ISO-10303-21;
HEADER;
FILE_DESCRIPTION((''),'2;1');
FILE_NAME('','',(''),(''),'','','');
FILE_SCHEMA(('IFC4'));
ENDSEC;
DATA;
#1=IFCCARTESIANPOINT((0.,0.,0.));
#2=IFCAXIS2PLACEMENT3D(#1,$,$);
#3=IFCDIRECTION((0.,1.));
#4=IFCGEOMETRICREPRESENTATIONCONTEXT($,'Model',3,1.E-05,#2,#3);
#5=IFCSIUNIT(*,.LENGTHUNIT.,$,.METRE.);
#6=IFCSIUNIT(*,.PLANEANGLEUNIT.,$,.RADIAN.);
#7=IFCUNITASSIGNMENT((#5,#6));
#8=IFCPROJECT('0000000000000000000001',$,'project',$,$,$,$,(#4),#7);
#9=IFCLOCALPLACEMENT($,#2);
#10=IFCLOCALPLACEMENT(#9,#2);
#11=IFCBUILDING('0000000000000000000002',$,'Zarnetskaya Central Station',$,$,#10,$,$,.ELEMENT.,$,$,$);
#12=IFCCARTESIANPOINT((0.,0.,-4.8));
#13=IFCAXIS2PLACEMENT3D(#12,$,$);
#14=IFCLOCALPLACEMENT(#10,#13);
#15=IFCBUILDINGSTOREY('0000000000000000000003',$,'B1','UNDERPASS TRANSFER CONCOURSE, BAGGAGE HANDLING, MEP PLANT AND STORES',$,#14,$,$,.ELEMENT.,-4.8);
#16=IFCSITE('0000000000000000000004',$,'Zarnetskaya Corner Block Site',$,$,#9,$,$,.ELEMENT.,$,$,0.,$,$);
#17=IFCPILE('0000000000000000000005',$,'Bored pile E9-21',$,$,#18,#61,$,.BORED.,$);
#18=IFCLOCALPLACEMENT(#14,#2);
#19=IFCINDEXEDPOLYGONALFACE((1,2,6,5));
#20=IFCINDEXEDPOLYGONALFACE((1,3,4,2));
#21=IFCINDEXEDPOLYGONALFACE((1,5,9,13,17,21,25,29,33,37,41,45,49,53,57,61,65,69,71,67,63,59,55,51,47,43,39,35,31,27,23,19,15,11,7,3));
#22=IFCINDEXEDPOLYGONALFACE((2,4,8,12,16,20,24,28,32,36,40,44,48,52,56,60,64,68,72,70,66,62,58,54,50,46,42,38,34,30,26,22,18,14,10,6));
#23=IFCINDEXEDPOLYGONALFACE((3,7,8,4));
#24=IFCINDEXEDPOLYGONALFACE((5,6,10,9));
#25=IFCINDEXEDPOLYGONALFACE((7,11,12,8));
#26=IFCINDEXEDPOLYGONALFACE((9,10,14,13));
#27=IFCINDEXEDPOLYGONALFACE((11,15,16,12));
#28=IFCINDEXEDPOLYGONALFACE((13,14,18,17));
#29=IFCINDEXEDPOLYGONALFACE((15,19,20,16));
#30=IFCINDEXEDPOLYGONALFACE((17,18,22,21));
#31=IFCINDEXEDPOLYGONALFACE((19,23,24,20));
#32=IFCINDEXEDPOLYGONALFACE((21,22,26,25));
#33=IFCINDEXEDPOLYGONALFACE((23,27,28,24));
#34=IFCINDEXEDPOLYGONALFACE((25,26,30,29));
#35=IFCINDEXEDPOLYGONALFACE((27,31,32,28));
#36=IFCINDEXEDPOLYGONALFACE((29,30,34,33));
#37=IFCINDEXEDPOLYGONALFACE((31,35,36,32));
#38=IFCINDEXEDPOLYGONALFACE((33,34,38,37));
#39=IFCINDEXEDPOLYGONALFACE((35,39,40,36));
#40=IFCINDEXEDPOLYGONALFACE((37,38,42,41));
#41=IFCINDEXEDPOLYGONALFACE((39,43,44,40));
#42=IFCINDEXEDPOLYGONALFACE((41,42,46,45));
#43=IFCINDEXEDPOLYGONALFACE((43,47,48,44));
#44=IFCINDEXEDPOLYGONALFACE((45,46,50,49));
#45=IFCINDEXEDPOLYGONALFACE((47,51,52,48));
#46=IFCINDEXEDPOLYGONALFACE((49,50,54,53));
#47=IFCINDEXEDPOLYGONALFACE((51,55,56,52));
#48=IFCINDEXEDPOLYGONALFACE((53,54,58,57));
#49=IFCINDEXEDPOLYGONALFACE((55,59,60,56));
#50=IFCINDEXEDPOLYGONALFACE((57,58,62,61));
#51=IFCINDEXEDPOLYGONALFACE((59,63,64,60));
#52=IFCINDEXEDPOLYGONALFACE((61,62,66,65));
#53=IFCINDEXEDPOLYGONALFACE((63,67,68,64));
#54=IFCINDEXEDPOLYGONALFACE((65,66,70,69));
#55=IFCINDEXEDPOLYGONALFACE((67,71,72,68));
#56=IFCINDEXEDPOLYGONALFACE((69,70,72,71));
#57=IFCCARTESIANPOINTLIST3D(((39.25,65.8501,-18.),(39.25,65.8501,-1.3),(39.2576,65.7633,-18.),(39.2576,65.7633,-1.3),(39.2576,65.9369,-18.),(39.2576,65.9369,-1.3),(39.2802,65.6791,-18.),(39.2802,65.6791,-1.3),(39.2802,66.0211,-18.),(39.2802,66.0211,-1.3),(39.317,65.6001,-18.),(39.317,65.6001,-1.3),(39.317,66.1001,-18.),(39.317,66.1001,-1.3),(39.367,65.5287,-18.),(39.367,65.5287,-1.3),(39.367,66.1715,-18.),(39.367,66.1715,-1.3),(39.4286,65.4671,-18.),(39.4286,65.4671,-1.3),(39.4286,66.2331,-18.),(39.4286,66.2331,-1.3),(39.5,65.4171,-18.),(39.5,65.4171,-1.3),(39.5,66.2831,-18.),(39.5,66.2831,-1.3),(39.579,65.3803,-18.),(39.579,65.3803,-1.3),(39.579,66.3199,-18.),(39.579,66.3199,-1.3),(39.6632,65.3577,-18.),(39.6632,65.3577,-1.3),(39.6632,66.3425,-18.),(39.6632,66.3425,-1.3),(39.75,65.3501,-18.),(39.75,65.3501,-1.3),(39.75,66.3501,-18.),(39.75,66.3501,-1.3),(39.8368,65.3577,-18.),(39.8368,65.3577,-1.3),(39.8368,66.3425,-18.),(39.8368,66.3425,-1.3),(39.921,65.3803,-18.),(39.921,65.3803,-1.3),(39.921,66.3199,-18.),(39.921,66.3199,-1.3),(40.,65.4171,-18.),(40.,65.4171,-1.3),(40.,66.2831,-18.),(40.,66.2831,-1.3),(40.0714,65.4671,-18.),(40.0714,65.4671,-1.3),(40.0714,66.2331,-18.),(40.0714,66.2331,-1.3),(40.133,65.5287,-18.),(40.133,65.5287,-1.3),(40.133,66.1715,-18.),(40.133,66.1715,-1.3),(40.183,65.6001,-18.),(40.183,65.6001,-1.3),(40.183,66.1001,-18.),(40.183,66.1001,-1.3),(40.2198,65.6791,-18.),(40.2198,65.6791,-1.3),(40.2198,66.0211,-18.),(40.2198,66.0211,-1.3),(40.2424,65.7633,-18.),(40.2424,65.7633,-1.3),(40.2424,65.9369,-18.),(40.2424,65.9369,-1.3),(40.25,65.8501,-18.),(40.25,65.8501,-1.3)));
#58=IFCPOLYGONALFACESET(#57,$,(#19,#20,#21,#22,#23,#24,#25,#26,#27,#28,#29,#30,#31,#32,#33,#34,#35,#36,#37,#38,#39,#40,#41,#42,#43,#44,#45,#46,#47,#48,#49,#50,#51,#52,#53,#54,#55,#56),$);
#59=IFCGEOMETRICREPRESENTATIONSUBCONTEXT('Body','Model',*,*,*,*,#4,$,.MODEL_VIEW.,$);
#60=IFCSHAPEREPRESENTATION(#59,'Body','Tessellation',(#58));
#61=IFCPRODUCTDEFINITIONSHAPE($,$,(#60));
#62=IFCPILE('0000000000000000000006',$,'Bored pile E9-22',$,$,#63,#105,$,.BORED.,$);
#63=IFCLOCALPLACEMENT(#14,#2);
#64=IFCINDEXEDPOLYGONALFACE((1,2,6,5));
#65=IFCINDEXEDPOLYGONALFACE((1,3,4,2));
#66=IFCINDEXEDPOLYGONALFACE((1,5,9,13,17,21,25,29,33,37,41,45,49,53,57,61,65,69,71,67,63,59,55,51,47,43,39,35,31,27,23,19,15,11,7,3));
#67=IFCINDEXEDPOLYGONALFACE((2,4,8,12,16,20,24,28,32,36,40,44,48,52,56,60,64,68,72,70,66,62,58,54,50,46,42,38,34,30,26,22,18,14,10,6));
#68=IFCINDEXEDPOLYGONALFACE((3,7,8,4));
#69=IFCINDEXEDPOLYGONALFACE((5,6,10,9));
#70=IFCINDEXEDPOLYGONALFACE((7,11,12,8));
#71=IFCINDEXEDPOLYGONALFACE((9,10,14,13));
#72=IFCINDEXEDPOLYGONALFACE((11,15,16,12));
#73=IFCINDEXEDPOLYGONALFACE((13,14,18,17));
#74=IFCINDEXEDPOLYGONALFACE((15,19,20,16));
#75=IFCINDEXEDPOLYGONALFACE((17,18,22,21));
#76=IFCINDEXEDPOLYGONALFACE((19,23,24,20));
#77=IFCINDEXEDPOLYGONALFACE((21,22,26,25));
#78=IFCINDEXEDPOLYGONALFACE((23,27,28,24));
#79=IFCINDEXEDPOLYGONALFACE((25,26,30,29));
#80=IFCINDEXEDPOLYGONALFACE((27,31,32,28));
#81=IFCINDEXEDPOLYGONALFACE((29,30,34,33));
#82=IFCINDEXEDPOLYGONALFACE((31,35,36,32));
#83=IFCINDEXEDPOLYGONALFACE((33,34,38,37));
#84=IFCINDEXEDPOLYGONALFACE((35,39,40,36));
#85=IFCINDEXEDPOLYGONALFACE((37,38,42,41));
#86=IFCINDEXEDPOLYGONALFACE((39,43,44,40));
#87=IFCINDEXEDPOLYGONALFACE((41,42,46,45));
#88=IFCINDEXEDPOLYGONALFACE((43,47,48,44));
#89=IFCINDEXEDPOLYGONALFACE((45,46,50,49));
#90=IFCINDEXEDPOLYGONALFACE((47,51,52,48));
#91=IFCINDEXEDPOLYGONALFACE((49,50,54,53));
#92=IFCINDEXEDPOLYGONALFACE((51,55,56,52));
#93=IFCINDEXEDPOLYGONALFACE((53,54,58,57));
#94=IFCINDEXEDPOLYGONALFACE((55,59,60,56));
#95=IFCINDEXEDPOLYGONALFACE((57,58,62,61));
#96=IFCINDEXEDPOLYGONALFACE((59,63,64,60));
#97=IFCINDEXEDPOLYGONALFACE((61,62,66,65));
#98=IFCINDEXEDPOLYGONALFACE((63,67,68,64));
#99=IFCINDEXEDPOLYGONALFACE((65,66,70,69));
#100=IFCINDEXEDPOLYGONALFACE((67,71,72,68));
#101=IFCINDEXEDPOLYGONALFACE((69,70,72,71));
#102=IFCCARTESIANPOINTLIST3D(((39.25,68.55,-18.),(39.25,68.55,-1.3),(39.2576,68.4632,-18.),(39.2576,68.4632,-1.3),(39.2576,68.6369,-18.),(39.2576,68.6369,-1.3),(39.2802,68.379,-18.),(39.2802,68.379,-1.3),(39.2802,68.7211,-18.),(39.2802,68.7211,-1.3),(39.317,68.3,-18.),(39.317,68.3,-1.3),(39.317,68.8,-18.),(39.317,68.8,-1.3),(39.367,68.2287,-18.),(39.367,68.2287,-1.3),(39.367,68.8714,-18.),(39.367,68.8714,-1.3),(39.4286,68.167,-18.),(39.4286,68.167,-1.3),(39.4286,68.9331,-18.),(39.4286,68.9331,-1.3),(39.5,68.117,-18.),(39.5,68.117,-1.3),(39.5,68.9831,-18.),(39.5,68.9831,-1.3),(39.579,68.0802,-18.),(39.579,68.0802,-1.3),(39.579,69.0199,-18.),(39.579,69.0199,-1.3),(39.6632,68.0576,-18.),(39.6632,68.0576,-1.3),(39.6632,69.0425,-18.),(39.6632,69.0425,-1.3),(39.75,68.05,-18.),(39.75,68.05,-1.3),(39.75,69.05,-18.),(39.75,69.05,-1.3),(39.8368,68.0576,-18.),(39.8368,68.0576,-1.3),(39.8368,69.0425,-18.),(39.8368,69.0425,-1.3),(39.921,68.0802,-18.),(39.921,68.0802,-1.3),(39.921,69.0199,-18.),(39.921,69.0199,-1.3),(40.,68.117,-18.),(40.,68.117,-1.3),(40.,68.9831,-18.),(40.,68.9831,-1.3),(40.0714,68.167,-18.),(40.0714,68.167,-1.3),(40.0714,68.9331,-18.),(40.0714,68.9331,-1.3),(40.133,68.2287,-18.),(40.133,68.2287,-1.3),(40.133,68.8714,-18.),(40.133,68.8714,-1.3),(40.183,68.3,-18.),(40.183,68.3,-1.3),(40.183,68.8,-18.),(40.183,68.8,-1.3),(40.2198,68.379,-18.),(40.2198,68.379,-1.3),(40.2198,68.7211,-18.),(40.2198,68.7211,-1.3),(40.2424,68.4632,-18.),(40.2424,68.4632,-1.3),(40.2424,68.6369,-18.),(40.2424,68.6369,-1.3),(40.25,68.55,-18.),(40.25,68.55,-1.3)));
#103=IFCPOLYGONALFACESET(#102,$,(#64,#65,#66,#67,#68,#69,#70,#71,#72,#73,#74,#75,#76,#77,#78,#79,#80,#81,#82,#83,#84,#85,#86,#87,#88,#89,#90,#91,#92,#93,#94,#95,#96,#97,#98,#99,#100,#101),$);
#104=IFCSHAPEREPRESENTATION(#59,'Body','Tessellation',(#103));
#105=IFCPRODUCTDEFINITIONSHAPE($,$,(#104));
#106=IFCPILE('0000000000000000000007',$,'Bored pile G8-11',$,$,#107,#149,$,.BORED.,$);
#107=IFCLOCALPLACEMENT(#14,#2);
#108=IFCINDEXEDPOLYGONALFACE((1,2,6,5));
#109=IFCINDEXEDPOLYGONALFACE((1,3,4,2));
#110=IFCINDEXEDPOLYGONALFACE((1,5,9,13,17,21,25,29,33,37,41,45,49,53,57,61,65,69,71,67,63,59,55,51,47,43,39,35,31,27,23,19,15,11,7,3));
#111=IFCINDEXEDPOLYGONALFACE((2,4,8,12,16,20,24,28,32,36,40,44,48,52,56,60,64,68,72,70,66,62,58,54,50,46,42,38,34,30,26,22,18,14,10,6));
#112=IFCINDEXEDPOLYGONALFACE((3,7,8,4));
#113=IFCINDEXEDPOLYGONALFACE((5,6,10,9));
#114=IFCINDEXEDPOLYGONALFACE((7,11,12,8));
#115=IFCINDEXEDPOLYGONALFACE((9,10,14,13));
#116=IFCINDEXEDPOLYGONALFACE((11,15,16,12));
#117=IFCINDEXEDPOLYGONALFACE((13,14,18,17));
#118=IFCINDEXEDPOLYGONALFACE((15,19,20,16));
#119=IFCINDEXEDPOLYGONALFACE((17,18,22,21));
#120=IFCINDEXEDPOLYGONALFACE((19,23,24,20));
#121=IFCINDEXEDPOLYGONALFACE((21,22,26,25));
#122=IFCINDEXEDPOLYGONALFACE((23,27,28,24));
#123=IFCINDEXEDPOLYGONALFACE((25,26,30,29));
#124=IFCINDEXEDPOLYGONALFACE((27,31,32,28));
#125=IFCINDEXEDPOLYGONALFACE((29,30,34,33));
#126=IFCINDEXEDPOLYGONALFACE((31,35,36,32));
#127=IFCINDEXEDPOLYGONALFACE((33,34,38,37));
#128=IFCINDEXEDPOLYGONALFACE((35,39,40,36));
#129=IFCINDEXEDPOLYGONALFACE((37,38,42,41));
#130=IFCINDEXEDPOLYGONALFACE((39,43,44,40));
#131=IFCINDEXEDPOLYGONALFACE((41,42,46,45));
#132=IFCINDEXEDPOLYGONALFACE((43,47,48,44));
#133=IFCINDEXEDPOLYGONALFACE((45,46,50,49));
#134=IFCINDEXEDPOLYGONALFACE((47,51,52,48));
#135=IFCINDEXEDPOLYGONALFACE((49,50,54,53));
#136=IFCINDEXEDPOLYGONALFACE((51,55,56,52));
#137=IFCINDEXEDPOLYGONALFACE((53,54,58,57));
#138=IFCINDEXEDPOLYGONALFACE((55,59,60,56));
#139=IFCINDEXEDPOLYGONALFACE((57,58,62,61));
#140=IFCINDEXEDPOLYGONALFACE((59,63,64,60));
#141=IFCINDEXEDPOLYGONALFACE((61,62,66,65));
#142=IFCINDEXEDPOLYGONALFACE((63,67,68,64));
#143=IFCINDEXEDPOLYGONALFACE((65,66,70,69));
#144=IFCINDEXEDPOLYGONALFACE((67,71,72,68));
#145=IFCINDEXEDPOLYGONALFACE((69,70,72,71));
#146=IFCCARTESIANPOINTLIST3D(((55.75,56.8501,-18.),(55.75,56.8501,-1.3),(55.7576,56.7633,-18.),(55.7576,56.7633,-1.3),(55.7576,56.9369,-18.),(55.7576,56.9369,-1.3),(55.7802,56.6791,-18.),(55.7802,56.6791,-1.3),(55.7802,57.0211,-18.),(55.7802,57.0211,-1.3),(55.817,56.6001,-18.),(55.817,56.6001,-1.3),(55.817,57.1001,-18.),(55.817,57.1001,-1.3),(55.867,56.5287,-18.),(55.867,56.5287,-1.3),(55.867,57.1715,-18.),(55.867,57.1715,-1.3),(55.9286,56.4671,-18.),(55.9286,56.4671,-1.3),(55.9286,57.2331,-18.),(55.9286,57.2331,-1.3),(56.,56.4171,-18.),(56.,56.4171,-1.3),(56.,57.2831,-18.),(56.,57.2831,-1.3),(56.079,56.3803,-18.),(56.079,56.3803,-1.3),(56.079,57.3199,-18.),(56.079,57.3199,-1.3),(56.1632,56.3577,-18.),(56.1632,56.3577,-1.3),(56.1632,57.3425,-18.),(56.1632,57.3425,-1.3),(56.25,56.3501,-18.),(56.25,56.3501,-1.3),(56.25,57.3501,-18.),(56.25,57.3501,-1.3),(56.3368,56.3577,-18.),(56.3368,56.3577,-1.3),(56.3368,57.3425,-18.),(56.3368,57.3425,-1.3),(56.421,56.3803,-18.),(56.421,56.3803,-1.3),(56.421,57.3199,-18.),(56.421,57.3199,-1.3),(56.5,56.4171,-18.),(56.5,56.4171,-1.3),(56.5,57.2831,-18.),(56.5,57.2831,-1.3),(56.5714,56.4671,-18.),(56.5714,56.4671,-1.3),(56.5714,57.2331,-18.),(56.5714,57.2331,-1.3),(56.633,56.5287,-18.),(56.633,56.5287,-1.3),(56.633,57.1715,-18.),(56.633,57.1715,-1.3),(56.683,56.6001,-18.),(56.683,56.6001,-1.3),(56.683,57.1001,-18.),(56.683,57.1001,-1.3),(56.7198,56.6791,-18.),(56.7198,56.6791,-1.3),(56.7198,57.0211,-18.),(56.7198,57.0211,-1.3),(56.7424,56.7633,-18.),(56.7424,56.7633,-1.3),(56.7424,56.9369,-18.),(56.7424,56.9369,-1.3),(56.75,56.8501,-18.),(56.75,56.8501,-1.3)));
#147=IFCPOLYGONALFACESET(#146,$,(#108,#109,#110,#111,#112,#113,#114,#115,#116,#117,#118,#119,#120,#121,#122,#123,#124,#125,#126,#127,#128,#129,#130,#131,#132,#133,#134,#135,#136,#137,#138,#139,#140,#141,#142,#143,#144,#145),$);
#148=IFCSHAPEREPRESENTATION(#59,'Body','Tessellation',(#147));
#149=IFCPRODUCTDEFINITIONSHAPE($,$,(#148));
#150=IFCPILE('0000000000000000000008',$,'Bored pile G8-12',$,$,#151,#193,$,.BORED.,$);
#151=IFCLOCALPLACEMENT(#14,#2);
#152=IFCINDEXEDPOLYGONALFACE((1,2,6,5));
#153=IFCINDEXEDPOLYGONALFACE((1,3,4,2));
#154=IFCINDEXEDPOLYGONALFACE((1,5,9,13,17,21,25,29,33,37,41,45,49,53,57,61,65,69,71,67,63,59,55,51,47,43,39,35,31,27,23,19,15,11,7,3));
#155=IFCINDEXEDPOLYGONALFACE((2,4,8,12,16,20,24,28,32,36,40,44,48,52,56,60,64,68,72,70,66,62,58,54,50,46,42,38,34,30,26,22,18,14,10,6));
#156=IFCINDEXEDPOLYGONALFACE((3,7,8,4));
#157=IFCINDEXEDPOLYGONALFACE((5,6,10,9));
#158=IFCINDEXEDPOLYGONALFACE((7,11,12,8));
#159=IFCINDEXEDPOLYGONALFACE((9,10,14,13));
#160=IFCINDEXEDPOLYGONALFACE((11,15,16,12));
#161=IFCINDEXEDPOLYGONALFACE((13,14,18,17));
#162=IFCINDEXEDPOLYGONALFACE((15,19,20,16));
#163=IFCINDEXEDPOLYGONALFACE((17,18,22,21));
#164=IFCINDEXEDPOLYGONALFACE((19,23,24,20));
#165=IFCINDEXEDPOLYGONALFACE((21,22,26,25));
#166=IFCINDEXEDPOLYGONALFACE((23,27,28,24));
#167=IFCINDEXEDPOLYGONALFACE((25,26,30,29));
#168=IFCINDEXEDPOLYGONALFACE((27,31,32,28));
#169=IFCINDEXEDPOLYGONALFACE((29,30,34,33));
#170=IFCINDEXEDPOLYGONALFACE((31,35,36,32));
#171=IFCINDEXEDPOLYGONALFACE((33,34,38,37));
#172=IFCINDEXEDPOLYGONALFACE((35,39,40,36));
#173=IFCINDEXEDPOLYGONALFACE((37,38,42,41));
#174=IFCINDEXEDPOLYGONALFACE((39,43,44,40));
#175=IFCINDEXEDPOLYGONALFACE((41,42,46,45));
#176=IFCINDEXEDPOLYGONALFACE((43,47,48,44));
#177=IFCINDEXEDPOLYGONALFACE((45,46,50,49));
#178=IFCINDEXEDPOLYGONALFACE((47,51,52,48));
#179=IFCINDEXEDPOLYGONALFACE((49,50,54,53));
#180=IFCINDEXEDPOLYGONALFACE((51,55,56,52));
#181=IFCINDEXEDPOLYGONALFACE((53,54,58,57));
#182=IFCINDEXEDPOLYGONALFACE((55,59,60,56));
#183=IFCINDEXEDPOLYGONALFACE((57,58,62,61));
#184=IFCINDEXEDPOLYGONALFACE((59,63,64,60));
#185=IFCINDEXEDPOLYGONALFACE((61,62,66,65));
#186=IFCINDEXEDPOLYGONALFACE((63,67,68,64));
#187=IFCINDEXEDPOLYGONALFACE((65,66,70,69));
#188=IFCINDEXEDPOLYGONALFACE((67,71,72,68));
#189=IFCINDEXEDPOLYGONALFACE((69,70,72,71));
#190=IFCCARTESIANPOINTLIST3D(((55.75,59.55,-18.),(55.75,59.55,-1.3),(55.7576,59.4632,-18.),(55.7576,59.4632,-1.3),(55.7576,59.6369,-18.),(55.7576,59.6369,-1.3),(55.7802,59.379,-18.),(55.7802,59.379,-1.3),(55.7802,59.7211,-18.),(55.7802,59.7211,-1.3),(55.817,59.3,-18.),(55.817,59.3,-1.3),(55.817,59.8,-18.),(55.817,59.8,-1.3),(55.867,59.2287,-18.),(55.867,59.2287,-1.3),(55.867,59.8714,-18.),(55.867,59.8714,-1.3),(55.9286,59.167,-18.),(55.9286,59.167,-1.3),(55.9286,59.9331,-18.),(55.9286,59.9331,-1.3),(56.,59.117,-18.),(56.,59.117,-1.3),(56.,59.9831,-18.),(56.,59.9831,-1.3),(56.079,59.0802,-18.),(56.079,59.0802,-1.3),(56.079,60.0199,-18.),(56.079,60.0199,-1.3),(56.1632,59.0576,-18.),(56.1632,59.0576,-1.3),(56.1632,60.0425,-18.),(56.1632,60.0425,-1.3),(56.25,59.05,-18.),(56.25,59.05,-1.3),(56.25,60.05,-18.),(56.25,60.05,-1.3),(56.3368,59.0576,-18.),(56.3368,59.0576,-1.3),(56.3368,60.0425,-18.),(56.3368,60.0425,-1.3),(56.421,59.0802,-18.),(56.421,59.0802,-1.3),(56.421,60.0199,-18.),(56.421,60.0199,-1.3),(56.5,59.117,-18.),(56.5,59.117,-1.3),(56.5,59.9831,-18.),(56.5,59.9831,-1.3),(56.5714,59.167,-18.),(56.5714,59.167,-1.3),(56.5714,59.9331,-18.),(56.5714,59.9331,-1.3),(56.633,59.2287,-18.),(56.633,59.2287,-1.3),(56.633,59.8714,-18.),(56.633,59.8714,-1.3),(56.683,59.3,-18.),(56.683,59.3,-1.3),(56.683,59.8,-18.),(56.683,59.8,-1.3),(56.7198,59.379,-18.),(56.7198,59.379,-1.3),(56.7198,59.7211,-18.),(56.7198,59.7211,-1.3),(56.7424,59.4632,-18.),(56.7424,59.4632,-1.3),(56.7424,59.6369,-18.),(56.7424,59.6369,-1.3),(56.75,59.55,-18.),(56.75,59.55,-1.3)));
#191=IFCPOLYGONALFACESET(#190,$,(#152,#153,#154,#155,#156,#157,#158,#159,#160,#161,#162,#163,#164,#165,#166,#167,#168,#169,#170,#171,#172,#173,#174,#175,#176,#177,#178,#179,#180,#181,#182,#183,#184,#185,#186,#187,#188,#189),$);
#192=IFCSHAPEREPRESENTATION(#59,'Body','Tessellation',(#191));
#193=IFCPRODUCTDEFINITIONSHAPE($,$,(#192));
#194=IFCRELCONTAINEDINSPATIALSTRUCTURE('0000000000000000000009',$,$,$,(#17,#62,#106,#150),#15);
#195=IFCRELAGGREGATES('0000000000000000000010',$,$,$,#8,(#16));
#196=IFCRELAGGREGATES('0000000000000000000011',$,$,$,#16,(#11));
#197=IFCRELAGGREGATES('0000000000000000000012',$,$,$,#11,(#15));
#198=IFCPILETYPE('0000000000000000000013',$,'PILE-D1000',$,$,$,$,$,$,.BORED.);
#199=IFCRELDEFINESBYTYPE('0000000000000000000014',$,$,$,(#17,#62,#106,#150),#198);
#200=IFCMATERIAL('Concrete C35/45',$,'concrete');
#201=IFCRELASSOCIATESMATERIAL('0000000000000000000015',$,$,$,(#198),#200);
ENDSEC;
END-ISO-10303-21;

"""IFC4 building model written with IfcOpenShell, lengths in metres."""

from ifc_helpers import new_model, si_unit, direction, frame, origin, origin_2d, place, context, subcontext, project, spatial, circle, extrude, material, material_profile, profile_set, type_object, element, save


model = new_model("IFC4")

# Units and contexts
model_context = context("Model", 3, precision=1e-05, world=origin(), true_north=direction((0.0, 1.0)))
body_context = subcontext(model_context, "Body", "Model", "MODEL_VIEW")
ifc_project = project(units=[si_unit("LENGTHUNIT", "METRE"), si_unit("PLANEANGLEUNIT", "RADIAN")], contexts=[model_context])

# Site, building, storey
site_placement = place(None, origin())
site = spatial("IfcSite", under=ifc_project, at=site_placement, Name="Zarnetskaya Corner Block Site", CompositionType="ELEMENT", RefElevation=0.0)
building_placement = place(site_placement, origin())
building = spatial("IfcBuilding", under=site, at=building_placement, Name="Zarnetskaya Central Station", CompositionType="ELEMENT")
storey_placement = place(building_placement, frame((0.0, 0.0, -4.8)))
storey = spatial("IfcBuildingStorey", under=building, at=storey_placement, Name="B1", Description="UNDERPASS TRANSFER CONCOURSE, BAGGAGE HANDLING, MEP PLANT AND STORES", CompositionType="ELEMENT", Elevation=-4.8)

# Shared definitions
ifc_material = material(Name="Concrete C35/45", Category="concrete")

# Piles
ifc_material_profile_1 = material_profile(ifc_material, circle(Radius=0.5, at=origin_2d()), Name="BORED PILE D1000")
ifc_profile_set_1 = profile_set([ifc_material_profile_1], Name="Concrete C35/45")
pile_type_1 = type_object("IfcPileType", Name="PILE-D1000", PredefinedType="BORED", material=ifc_profile_set_1)
for number, where, z_axis, x_axis, name in (
    (1, (39.75, 65.8501, -1.3), (0.0, 0.0, -1.0), (1.0, 0.0, 0.0), "Bored pile E9-21"),
    (2, (39.75, 68.55, -1.3), (0.0, 0.0, -1.0), (1.0, 0.0, 0.0), "Bored pile E9-22"),
    (3, (56.25, 56.8501, -1.3), (0.0, 0.0, -1.0), (1.0, 0.0, 0.0), "Bored pile G8-11"),
    (4, (56.25, 59.55, -1.3), (0.0, 0.0, -1.0), (1.0, 0.0, 0.0), "Bored pile G8-12"),
):
    element("IfcPile", number, at=place(storey_placement, frame(where, z_axis=z_axis, x_axis=x_axis)), inside=storey, type_object=pile_type_1, Name=name, PredefinedType="BORED", context=body_context, shape_type="SweptSolid", body=[
        extrude(circle(Radius=0.5, at=origin_2d()), origin(), (0.0, 0.0, 1.0), 16.7),
    ])

save(model, "model.ifc")
